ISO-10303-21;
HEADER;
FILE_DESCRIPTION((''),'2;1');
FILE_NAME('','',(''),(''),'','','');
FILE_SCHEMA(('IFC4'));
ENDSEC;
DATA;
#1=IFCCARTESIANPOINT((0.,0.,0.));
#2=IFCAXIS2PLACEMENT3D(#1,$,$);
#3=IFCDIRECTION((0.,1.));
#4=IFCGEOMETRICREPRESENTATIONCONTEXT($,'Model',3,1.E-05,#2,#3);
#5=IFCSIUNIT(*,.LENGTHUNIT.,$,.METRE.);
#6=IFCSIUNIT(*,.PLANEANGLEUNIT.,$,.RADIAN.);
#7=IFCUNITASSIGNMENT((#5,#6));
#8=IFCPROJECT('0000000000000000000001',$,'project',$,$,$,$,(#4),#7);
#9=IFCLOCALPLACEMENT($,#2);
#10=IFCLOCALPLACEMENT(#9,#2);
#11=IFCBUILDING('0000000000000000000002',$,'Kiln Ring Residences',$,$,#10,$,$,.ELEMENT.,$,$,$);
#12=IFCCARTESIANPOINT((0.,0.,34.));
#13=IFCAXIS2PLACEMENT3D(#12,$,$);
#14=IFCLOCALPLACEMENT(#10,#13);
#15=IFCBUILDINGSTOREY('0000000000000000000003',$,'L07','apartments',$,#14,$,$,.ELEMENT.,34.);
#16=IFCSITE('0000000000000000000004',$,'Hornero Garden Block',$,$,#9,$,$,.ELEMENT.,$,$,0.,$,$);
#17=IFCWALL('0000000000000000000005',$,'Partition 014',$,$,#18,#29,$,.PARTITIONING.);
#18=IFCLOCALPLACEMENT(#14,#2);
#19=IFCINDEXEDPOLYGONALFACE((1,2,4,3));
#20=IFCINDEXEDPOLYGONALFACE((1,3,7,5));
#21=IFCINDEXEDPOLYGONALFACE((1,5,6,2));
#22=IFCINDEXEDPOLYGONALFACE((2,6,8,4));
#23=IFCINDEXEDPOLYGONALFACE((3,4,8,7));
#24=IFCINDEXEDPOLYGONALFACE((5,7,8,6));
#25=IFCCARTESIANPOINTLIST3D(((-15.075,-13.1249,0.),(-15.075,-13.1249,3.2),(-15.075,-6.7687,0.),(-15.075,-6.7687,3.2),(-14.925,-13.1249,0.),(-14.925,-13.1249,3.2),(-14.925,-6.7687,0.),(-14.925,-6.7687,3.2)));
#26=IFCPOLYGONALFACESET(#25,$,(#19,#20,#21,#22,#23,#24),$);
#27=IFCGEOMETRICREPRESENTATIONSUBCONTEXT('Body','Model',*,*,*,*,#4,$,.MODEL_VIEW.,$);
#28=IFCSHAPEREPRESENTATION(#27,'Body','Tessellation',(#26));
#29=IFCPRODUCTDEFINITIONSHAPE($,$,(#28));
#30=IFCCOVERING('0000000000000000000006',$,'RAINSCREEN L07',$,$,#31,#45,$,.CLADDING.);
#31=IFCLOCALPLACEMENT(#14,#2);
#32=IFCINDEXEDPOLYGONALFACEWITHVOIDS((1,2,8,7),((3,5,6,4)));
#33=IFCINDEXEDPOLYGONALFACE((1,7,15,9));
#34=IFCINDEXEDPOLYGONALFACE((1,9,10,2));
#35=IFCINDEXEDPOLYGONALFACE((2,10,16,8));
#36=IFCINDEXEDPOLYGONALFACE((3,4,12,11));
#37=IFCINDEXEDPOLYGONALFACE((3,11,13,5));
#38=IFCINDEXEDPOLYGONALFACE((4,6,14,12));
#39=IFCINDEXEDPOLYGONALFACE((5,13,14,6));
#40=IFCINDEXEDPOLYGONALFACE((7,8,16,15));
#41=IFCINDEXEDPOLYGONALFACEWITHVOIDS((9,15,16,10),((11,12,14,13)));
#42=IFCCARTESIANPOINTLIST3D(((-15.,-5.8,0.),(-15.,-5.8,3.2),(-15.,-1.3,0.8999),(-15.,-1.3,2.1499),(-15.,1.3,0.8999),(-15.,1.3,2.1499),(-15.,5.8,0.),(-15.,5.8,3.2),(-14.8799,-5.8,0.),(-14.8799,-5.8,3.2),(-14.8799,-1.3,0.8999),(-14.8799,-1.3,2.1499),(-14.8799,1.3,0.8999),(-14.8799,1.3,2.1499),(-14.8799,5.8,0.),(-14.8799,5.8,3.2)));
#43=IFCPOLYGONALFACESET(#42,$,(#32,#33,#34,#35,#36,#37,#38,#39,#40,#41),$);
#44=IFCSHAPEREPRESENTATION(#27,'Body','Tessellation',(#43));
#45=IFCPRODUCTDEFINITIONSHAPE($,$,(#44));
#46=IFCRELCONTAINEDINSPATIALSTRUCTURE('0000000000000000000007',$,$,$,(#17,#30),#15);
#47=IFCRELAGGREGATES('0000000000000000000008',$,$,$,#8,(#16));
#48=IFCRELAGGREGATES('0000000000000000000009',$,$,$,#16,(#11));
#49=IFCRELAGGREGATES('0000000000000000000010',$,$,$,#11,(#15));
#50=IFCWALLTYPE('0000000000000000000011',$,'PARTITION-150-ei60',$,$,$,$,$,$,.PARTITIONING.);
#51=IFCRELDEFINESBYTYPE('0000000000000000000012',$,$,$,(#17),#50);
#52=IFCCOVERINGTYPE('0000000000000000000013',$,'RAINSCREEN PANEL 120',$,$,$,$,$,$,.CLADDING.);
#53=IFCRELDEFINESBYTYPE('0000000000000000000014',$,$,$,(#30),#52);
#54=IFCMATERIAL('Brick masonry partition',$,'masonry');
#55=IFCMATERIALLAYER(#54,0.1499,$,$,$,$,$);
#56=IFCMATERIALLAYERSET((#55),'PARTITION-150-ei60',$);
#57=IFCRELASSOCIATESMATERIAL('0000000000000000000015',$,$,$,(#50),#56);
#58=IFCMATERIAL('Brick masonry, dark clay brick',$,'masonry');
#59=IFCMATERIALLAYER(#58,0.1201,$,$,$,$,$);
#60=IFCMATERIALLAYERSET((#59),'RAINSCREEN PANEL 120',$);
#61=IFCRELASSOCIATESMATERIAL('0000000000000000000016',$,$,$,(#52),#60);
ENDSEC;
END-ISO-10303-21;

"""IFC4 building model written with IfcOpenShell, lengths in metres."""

from ifc_helpers import new_model, si_unit, direction, frame, frame_2d, origin, place, context, subcontext, project, spatial, polyline, rectangle, outline, extrude, material, layer, layer_set, type_object, element, save


model = new_model("IFC4")

# Units and contexts
model_context = context("Model", 3, precision=1e-05, world=origin(), true_north=direction((0.0, 1.0)))
body_context = subcontext(model_context, "Body", "Model", "MODEL_VIEW")
ifc_project = project(units=[si_unit("LENGTHUNIT", "METRE"), si_unit("PLANEANGLEUNIT", "RADIAN")], contexts=[model_context])

# Site, building, storey
site_placement = place(None, origin())
site = spatial("IfcSite", under=ifc_project, at=site_placement, Name="Hornero Garden Block", CompositionType="ELEMENT", RefElevation=0.0)
building_placement = place(site_placement, origin())
building = spatial("IfcBuilding", under=site, at=building_placement, Name="Kiln Ring Residences", CompositionType="ELEMENT")
storey_placement = place(building_placement, frame((0.0, 0.0, 34.0)))
storey = spatial("IfcBuildingStorey", under=building, at=storey_placement, Name="L07", Description="apartments", CompositionType="ELEMENT", Elevation=34.0)

# Shared definitions
ifc_material_1 = material(Name="Brick masonry partition", Category="masonry")
ifc_layer_1 = layer(ifc_material_1, 0.1499)
ifc_layer_set_1 = layer_set([ifc_layer_1], Name="PARTITION-150-ei60")
wall_type_1 = type_object("IfcWallType", Name="PARTITION-150-ei60", PredefinedType="PARTITIONING", material=ifc_layer_set_1)

# Wall
wall_1_placement = place(storey_placement, frame((-15.0, -13.125, 0.0), z_axis=(0.0, 0.0, 1.0), x_axis=(0.0, 1.0, 0.0)))
element("IfcWall", 1, at=wall_1_placement, inside=storey, type_object=wall_type_1, Name="Partition 014", PredefinedType="PARTITIONING", context=body_context, shape_type="SweptSolid", body=[
    extrude(rectangle(XDim=6.3562, YDim=0.1499, at=frame_2d((3.1782, 0.0))), origin(), (0.0, 0.0, 1.0), 3.2),
])

# Covering
ifc_material_2 = material(Name="Brick masonry, dark clay brick", Category="masonry")
ifc_layer_2 = layer(ifc_material_2, 0.1201)
ifc_layer_set_2 = layer_set([ifc_layer_2], Name="RAINSCREEN PANEL 120")
covering_type = type_object("IfcCoveringType", Name="RAINSCREEN PANEL 120", PredefinedType="CLADDING", material=ifc_layer_set_2)
covering_placement = place(storey_placement, frame((-14.9399, -5.8, 0.0), z_axis=(0.0, 0.0, 1.0), x_axis=(0.0, 1.0, 0.0)))
element("IfcCovering", 2, at=covering_placement, inside=storey, type_object=covering_type, Name="RAINSCREEN L07", PredefinedType="CLADDING", context=body_context, shape_type="SweptSolid", body=[
    extrude(outline(polyline([(0.0, 0.0), (11.6001, 0.0), (11.6001, 3.2), (0.0, 3.2), (0.0, 0.0)]), holes=[polyline([(4.5, 2.1499), (4.5, 0.8999), (7.1001, 0.8999), (7.1001, 2.1499), (4.5, 2.1499)])]), frame((0.0, 0.0601, 0.0), z_axis=(0.0, -1.0, 0.0), x_axis=(1.0, 0.0, 0.0)), (0.0, 0.0, 1.0), 0.1201),
])

save(model, "model.ifc")
